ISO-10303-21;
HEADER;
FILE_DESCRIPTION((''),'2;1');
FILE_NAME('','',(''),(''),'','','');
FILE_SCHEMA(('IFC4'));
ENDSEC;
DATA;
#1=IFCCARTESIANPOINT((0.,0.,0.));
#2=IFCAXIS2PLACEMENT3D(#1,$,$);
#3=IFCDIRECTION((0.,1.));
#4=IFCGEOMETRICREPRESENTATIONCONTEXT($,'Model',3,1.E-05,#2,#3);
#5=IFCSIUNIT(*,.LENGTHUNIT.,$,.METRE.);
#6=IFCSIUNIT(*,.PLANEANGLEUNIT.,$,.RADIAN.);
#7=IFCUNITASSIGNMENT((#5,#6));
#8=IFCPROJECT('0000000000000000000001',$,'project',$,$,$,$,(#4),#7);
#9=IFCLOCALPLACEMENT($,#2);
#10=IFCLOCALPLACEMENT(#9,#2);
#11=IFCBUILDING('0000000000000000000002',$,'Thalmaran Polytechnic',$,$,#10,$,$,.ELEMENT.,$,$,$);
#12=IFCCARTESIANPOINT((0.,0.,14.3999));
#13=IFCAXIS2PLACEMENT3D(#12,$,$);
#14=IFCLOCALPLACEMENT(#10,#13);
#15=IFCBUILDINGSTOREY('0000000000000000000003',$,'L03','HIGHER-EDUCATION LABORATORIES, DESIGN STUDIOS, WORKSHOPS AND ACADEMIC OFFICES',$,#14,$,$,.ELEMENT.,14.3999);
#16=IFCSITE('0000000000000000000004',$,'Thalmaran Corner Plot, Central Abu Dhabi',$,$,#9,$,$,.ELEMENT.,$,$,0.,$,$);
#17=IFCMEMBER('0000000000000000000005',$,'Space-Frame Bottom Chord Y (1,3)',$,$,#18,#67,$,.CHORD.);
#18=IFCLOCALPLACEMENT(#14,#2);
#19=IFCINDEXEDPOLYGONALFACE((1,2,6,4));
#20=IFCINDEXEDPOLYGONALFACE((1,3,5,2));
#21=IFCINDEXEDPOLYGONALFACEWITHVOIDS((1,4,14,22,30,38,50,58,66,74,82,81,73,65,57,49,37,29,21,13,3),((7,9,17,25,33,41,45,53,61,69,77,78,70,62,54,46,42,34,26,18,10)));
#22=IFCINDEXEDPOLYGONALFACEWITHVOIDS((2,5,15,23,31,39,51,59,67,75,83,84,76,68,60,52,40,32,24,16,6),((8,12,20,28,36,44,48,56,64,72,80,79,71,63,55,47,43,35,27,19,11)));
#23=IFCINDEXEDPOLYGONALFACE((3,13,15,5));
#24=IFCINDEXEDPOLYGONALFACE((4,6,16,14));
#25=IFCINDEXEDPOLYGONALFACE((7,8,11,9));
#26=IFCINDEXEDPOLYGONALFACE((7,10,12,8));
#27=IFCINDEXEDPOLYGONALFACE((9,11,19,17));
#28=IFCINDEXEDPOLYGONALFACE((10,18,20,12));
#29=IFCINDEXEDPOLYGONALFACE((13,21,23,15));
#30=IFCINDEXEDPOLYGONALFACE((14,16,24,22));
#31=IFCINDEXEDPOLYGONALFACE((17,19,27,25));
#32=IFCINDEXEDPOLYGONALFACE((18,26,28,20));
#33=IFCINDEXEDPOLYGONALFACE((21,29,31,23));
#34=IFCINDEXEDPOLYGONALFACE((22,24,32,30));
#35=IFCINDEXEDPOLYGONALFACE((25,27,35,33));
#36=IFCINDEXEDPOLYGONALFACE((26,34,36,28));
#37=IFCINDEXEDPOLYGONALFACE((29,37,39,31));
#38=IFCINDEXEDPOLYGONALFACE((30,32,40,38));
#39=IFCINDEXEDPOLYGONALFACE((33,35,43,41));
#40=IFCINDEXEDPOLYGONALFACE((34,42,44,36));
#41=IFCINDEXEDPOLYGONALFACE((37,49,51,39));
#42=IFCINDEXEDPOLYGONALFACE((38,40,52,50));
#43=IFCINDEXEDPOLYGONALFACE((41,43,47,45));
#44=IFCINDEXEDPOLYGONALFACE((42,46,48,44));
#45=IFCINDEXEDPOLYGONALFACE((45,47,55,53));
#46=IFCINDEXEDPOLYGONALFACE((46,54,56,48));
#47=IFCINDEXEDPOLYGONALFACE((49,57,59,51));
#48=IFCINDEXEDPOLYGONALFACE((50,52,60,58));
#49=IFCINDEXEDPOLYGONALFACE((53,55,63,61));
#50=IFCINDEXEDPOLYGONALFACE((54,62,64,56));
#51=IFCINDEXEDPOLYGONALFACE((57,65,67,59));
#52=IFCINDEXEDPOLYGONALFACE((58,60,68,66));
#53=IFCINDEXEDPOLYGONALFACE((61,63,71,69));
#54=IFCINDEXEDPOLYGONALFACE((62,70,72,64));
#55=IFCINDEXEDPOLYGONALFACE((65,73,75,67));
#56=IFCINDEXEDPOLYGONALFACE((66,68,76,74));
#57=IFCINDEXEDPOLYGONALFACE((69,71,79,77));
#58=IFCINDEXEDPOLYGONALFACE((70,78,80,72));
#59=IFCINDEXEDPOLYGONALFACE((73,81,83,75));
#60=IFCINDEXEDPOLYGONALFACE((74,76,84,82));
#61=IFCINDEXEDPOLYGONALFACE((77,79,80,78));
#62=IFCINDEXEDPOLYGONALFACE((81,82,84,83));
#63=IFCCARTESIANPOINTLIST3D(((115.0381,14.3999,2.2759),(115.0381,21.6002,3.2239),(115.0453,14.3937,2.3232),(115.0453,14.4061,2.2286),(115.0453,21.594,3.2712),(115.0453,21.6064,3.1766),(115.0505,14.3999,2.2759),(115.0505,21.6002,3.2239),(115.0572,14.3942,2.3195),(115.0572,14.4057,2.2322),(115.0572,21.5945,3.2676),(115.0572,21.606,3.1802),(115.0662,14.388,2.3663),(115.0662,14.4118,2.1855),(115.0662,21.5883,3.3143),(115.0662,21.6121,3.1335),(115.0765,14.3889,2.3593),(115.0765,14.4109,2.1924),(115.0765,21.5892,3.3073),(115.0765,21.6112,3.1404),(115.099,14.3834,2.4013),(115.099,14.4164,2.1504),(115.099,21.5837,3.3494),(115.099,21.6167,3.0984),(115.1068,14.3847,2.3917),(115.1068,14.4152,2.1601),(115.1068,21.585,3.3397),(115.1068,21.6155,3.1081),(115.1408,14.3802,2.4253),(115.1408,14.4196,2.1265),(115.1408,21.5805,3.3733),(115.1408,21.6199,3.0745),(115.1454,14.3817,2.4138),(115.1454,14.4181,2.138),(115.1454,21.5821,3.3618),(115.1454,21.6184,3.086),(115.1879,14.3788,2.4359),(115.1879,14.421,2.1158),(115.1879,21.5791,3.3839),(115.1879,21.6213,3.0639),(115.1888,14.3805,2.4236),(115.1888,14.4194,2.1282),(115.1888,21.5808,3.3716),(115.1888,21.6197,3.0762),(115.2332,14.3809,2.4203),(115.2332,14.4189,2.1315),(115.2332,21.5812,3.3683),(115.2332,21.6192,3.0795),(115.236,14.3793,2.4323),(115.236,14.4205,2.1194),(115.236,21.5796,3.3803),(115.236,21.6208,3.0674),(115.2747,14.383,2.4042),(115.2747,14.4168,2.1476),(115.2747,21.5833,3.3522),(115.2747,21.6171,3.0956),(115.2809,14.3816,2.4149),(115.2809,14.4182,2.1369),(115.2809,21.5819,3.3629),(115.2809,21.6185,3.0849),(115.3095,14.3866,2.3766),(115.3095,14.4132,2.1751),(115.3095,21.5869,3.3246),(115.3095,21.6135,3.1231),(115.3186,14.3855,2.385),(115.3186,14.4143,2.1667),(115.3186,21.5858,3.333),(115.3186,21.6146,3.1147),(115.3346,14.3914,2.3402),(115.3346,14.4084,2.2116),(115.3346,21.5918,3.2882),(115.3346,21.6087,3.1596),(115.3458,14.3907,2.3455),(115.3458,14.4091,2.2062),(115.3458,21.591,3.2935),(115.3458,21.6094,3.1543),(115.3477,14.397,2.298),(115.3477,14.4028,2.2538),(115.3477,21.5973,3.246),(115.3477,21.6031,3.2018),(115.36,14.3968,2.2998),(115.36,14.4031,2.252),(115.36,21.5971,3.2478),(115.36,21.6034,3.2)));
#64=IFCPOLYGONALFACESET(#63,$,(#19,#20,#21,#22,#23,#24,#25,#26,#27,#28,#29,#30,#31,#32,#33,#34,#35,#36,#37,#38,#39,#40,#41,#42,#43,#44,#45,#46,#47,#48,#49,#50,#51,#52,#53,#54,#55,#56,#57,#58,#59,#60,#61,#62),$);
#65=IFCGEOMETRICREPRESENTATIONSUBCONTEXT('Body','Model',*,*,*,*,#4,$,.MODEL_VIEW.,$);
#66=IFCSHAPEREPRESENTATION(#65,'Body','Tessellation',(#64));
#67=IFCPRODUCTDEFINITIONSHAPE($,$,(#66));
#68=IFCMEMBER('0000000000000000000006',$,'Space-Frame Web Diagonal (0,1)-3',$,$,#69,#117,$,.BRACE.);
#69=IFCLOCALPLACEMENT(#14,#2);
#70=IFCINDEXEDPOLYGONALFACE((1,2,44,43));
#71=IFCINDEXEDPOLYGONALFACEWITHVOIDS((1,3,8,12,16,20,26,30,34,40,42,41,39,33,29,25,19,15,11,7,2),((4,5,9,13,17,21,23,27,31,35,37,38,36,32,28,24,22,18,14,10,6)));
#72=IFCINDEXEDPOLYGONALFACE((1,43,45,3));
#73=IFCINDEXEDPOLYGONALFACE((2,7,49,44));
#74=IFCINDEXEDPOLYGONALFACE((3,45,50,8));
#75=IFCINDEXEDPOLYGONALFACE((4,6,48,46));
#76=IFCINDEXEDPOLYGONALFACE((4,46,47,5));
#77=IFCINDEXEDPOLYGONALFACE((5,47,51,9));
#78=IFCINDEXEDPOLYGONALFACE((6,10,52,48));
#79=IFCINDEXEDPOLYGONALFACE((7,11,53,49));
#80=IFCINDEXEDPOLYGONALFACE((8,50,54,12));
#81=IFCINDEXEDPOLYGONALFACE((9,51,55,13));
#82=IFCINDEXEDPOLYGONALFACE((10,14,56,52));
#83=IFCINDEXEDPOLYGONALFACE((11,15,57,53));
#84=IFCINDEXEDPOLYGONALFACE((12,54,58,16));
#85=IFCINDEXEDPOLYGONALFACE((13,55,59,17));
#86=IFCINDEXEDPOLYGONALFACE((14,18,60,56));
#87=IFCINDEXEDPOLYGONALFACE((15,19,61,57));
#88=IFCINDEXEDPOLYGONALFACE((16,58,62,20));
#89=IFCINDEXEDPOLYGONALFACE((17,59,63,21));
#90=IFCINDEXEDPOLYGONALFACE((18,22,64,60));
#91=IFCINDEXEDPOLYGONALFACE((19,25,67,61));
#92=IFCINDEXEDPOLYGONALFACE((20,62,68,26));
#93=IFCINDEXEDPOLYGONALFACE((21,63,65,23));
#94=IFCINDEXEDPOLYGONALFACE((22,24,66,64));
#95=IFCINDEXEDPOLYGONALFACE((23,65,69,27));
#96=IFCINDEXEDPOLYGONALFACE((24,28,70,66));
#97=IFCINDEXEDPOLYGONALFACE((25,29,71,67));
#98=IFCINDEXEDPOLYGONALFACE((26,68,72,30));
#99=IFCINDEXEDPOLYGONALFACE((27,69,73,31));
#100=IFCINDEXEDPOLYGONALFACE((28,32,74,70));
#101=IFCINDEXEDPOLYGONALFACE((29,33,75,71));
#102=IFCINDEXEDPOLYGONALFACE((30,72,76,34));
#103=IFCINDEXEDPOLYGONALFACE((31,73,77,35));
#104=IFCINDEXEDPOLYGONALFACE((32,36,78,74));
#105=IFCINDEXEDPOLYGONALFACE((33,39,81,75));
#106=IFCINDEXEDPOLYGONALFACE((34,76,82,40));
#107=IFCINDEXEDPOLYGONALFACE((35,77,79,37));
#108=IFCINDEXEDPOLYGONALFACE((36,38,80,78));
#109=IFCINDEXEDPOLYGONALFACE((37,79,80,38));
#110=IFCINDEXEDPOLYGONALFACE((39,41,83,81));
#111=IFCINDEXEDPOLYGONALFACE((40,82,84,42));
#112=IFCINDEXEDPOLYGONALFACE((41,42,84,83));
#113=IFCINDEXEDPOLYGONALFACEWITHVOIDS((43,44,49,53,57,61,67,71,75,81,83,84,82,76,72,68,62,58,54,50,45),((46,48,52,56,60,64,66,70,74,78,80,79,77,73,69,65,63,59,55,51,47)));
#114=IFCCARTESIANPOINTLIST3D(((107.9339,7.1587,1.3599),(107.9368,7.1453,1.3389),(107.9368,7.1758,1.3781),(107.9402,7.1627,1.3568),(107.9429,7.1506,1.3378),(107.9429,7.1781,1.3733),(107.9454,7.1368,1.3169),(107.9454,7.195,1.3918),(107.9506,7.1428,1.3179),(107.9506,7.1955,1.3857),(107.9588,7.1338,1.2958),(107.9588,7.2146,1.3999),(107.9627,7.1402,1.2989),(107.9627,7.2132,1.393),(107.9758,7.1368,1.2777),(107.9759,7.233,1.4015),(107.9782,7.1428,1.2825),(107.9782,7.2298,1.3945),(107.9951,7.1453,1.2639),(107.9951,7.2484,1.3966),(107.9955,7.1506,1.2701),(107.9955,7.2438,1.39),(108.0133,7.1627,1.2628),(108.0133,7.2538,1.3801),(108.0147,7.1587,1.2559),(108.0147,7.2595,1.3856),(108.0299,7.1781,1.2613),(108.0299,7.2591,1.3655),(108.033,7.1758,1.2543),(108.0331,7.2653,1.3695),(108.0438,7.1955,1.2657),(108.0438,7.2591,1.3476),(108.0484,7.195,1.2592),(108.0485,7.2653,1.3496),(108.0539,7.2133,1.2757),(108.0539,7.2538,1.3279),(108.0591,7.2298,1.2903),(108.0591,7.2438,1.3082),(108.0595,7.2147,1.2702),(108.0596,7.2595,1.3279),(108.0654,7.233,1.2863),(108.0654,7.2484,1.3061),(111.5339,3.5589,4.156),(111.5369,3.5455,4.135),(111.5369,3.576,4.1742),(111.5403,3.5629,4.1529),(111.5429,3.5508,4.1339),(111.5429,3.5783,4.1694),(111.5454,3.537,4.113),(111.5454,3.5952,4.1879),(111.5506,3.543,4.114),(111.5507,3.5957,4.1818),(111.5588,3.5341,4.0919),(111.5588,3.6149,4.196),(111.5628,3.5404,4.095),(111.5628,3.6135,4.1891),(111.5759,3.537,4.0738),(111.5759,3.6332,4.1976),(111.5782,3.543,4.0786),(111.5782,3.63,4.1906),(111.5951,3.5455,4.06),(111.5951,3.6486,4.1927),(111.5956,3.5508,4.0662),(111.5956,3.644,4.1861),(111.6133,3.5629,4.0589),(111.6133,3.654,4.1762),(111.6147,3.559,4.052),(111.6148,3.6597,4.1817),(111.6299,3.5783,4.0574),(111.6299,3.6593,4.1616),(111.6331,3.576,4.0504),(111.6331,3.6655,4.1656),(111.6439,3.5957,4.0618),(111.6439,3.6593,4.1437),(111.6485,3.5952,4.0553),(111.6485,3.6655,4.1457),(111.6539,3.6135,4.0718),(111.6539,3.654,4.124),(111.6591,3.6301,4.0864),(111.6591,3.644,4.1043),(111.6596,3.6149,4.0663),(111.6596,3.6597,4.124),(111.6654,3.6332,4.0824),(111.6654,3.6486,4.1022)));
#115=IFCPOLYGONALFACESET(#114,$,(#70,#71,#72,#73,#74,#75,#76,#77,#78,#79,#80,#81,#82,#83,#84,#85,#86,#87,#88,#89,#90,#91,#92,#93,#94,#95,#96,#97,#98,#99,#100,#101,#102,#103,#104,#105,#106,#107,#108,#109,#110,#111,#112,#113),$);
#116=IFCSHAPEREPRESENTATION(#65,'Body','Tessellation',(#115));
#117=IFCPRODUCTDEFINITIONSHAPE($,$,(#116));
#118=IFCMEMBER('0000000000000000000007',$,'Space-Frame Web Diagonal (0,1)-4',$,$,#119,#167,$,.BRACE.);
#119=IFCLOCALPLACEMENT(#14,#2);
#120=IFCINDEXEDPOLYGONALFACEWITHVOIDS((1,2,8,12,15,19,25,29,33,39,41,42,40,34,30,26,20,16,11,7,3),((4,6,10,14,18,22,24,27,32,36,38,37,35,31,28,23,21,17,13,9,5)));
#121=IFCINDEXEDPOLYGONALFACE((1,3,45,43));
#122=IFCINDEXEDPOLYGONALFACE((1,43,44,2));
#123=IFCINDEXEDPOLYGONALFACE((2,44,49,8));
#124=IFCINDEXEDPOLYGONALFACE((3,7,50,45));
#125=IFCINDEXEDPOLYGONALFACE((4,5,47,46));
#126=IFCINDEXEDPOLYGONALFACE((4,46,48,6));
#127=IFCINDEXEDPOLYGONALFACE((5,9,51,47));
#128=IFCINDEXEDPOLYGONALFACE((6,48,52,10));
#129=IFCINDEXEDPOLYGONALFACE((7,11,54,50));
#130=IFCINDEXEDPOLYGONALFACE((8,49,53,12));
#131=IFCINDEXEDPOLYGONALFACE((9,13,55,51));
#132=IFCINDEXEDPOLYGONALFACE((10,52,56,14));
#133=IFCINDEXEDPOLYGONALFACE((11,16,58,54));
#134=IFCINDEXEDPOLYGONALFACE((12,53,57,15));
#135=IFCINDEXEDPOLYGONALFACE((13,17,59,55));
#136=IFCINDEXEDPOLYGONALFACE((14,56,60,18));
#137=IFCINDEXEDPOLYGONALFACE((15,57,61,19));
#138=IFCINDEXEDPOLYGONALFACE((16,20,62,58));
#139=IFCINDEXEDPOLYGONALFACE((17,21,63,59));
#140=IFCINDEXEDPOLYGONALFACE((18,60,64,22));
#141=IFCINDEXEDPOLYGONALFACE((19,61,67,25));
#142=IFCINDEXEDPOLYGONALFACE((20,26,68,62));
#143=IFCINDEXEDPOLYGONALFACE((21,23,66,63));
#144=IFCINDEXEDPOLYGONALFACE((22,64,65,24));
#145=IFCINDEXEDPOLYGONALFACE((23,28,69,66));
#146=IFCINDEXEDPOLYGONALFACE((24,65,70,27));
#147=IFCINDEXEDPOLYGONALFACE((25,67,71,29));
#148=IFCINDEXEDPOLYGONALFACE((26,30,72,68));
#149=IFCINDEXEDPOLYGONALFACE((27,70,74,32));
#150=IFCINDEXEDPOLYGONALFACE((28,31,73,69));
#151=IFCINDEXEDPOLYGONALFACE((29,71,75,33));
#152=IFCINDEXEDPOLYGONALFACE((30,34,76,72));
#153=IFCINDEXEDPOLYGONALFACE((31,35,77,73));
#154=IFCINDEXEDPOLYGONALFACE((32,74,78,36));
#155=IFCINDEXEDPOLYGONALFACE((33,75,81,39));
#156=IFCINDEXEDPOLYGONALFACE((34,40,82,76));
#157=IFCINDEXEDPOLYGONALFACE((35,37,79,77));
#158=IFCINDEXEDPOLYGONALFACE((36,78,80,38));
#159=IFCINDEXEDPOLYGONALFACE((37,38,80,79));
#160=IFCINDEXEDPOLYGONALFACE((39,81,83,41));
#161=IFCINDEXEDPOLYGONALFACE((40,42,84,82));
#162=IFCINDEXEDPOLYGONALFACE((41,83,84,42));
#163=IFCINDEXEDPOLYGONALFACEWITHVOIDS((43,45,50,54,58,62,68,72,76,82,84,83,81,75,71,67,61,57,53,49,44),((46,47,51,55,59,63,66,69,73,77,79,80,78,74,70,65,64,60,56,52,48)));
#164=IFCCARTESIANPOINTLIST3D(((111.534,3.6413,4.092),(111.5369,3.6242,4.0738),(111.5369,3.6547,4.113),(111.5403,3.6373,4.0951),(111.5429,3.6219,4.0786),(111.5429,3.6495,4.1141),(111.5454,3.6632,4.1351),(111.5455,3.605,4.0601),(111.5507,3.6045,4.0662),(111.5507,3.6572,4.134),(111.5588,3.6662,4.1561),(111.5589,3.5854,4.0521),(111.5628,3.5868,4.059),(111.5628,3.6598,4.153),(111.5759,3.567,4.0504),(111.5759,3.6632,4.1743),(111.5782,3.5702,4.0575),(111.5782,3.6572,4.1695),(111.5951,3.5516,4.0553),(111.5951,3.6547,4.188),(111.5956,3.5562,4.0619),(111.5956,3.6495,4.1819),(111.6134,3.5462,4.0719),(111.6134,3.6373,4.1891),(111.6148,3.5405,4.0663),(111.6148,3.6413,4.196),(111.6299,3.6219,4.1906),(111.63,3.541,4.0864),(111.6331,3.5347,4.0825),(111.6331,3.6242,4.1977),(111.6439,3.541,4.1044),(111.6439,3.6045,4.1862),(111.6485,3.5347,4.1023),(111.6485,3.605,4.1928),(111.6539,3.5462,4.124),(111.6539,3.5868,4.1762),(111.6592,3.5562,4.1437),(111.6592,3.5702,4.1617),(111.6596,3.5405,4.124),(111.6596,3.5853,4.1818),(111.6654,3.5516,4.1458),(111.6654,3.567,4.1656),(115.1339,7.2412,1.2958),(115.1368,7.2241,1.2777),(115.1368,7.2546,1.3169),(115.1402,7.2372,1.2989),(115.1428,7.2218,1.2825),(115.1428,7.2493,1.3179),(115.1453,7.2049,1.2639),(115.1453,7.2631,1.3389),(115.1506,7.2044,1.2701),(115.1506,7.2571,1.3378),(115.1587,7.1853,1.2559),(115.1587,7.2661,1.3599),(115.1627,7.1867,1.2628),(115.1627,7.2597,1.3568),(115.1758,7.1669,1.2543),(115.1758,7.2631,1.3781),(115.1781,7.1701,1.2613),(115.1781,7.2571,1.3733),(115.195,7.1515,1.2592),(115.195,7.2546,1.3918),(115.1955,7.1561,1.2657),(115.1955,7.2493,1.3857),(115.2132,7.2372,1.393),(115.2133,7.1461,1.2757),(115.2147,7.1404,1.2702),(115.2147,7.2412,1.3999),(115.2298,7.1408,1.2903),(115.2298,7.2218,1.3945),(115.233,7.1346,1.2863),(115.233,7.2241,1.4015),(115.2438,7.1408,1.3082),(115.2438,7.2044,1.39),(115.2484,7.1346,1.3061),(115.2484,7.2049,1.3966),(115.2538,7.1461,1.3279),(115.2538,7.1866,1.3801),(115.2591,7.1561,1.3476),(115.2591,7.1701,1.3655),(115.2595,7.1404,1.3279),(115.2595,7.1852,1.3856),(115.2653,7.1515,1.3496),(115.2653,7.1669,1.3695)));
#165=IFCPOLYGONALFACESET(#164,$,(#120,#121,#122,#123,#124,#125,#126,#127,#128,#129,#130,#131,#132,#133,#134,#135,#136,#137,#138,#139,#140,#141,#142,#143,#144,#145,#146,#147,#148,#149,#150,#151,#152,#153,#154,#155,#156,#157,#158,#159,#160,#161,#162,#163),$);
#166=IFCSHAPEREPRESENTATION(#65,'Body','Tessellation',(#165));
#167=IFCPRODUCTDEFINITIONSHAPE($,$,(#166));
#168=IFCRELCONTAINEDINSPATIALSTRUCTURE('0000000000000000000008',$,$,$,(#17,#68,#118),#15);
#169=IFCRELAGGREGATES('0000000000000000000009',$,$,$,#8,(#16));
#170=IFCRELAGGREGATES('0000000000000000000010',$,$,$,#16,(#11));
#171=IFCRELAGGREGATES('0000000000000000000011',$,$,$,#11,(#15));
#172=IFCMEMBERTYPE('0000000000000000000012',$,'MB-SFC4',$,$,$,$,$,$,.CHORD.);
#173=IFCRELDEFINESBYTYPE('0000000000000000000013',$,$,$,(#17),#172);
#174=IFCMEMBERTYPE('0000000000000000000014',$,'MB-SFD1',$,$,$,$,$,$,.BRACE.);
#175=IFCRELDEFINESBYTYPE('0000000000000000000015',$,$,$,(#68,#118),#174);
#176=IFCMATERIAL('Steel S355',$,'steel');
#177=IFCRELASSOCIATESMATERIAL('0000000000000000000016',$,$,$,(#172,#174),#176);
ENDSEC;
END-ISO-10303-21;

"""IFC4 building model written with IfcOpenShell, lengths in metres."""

from ifc_helpers import new_model, si_unit, direction, frame, origin, origin_2d, place, context, subcontext, project, spatial, hollow_circle, extrude, material, material_profile, profile_set, type_object, element, save


model = new_model("IFC4")

# Units and contexts
model_context = context("Model", 3, precision=1e-05, world=origin(), true_north=direction((0.0, 1.0)))
body_context = subcontext(model_context, "Body", "Model", "MODEL_VIEW")
ifc_project = project(units=[si_unit("LENGTHUNIT", "METRE"), si_unit("PLANEANGLEUNIT", "RADIAN")], contexts=[model_context])

# Site, building, storey
site_placement = place(None, origin())
site = spatial("IfcSite", under=ifc_project, at=site_placement, Name="Thalmaran Corner Plot, Central Abu Dhabi", CompositionType="ELEMENT", RefElevation=0.0)
building_placement = place(site_placement, origin())
building = spatial("IfcBuilding", under=site, at=building_placement, Name="Thalmaran Polytechnic", CompositionType="ELEMENT")
storey_placement = place(building_placement, frame((0.0, 0.0, 14.3999)))
storey = spatial("IfcBuildingStorey", under=building, at=storey_placement, Name="L03", Description="HIGHER-EDUCATION LABORATORIES, DESIGN STUDIOS, WORKSHOPS AND ACADEMIC OFFICES", CompositionType="ELEMENT", Elevation=14.3999)

# Shared definitions
ifc_material_1 = material(Name="Steel S355", Category="steel")

# Members
ifc_material_profile_1 = material_profile(ifc_material_1, hollow_circle(Radius=0.1619, WallThickness=0.0125, at=origin_2d()), Name="CHS 323.9x12.5")
ifc_profile_set_1 = profile_set([ifc_material_profile_1], Name="Steel S355")
member_type_1 = type_object("IfcMemberType", Name="MB-SFC4", PredefinedType="CHORD", material=ifc_profile_set_1)
member_1_placement = place(storey_placement, frame((115.2, 14.3999, 2.2759), z_axis=(0.0, 0.991444, 0.130536), x_axis=(-1.0, 0.0, 0.0)))
element("IfcMember", 1, at=member_1_placement, inside=storey, type_object=member_type_1, Name="Space-Frame Bottom Chord Y (1,3)", PredefinedType="CHORD", context=body_context, shape_type="SweptSolid", body=[
    extrude(hollow_circle(Radius=0.1619, WallThickness=0.0125, at=origin_2d()), origin(), (0.0, 0.0, 1.0), 7.2625),
])
ifc_material_profile_2 = material_profile(ifc_material_1, hollow_circle(Radius=0.0842, WallThickness=0.0081, at=origin_2d()), Name="CHS 168.3x8.0")
ifc_profile_set_2 = profile_set([ifc_material_profile_2], Name="Steel S355")
member_type_2 = type_object("IfcMemberType", Name="MB-SFD1", PredefinedType="BRACE", material=ifc_profile_set_2)
for number, where, z_axis, x_axis, name in (
    (2, (108.0, 7.2, 1.3279), (0.619804, -0.619762, 0.481392), (0.707083, 0.707131, 0.0), "Space-Frame Web Diagonal (0,1)-3"),
    (3, (115.2, 7.2, 1.3279), (-0.619778, -0.619778, 0.481405), (0.707107, -0.707107, 0.0), "Space-Frame Web Diagonal (0,1)-4"),
):
    element("IfcMember", number, at=place(storey_placement, frame(where, z_axis=z_axis, x_axis=x_axis)), inside=storey, type_object=member_type_2, Name=name, PredefinedType="BRACE", context=body_context, shape_type="SweptSolid", body=[
        extrude(hollow_circle(Radius=0.0842, WallThickness=0.0081, at=origin_2d()), origin(), (0.0, 0.0, 1.0), 5.8083),
    ])

save(model, "model.ifc")
